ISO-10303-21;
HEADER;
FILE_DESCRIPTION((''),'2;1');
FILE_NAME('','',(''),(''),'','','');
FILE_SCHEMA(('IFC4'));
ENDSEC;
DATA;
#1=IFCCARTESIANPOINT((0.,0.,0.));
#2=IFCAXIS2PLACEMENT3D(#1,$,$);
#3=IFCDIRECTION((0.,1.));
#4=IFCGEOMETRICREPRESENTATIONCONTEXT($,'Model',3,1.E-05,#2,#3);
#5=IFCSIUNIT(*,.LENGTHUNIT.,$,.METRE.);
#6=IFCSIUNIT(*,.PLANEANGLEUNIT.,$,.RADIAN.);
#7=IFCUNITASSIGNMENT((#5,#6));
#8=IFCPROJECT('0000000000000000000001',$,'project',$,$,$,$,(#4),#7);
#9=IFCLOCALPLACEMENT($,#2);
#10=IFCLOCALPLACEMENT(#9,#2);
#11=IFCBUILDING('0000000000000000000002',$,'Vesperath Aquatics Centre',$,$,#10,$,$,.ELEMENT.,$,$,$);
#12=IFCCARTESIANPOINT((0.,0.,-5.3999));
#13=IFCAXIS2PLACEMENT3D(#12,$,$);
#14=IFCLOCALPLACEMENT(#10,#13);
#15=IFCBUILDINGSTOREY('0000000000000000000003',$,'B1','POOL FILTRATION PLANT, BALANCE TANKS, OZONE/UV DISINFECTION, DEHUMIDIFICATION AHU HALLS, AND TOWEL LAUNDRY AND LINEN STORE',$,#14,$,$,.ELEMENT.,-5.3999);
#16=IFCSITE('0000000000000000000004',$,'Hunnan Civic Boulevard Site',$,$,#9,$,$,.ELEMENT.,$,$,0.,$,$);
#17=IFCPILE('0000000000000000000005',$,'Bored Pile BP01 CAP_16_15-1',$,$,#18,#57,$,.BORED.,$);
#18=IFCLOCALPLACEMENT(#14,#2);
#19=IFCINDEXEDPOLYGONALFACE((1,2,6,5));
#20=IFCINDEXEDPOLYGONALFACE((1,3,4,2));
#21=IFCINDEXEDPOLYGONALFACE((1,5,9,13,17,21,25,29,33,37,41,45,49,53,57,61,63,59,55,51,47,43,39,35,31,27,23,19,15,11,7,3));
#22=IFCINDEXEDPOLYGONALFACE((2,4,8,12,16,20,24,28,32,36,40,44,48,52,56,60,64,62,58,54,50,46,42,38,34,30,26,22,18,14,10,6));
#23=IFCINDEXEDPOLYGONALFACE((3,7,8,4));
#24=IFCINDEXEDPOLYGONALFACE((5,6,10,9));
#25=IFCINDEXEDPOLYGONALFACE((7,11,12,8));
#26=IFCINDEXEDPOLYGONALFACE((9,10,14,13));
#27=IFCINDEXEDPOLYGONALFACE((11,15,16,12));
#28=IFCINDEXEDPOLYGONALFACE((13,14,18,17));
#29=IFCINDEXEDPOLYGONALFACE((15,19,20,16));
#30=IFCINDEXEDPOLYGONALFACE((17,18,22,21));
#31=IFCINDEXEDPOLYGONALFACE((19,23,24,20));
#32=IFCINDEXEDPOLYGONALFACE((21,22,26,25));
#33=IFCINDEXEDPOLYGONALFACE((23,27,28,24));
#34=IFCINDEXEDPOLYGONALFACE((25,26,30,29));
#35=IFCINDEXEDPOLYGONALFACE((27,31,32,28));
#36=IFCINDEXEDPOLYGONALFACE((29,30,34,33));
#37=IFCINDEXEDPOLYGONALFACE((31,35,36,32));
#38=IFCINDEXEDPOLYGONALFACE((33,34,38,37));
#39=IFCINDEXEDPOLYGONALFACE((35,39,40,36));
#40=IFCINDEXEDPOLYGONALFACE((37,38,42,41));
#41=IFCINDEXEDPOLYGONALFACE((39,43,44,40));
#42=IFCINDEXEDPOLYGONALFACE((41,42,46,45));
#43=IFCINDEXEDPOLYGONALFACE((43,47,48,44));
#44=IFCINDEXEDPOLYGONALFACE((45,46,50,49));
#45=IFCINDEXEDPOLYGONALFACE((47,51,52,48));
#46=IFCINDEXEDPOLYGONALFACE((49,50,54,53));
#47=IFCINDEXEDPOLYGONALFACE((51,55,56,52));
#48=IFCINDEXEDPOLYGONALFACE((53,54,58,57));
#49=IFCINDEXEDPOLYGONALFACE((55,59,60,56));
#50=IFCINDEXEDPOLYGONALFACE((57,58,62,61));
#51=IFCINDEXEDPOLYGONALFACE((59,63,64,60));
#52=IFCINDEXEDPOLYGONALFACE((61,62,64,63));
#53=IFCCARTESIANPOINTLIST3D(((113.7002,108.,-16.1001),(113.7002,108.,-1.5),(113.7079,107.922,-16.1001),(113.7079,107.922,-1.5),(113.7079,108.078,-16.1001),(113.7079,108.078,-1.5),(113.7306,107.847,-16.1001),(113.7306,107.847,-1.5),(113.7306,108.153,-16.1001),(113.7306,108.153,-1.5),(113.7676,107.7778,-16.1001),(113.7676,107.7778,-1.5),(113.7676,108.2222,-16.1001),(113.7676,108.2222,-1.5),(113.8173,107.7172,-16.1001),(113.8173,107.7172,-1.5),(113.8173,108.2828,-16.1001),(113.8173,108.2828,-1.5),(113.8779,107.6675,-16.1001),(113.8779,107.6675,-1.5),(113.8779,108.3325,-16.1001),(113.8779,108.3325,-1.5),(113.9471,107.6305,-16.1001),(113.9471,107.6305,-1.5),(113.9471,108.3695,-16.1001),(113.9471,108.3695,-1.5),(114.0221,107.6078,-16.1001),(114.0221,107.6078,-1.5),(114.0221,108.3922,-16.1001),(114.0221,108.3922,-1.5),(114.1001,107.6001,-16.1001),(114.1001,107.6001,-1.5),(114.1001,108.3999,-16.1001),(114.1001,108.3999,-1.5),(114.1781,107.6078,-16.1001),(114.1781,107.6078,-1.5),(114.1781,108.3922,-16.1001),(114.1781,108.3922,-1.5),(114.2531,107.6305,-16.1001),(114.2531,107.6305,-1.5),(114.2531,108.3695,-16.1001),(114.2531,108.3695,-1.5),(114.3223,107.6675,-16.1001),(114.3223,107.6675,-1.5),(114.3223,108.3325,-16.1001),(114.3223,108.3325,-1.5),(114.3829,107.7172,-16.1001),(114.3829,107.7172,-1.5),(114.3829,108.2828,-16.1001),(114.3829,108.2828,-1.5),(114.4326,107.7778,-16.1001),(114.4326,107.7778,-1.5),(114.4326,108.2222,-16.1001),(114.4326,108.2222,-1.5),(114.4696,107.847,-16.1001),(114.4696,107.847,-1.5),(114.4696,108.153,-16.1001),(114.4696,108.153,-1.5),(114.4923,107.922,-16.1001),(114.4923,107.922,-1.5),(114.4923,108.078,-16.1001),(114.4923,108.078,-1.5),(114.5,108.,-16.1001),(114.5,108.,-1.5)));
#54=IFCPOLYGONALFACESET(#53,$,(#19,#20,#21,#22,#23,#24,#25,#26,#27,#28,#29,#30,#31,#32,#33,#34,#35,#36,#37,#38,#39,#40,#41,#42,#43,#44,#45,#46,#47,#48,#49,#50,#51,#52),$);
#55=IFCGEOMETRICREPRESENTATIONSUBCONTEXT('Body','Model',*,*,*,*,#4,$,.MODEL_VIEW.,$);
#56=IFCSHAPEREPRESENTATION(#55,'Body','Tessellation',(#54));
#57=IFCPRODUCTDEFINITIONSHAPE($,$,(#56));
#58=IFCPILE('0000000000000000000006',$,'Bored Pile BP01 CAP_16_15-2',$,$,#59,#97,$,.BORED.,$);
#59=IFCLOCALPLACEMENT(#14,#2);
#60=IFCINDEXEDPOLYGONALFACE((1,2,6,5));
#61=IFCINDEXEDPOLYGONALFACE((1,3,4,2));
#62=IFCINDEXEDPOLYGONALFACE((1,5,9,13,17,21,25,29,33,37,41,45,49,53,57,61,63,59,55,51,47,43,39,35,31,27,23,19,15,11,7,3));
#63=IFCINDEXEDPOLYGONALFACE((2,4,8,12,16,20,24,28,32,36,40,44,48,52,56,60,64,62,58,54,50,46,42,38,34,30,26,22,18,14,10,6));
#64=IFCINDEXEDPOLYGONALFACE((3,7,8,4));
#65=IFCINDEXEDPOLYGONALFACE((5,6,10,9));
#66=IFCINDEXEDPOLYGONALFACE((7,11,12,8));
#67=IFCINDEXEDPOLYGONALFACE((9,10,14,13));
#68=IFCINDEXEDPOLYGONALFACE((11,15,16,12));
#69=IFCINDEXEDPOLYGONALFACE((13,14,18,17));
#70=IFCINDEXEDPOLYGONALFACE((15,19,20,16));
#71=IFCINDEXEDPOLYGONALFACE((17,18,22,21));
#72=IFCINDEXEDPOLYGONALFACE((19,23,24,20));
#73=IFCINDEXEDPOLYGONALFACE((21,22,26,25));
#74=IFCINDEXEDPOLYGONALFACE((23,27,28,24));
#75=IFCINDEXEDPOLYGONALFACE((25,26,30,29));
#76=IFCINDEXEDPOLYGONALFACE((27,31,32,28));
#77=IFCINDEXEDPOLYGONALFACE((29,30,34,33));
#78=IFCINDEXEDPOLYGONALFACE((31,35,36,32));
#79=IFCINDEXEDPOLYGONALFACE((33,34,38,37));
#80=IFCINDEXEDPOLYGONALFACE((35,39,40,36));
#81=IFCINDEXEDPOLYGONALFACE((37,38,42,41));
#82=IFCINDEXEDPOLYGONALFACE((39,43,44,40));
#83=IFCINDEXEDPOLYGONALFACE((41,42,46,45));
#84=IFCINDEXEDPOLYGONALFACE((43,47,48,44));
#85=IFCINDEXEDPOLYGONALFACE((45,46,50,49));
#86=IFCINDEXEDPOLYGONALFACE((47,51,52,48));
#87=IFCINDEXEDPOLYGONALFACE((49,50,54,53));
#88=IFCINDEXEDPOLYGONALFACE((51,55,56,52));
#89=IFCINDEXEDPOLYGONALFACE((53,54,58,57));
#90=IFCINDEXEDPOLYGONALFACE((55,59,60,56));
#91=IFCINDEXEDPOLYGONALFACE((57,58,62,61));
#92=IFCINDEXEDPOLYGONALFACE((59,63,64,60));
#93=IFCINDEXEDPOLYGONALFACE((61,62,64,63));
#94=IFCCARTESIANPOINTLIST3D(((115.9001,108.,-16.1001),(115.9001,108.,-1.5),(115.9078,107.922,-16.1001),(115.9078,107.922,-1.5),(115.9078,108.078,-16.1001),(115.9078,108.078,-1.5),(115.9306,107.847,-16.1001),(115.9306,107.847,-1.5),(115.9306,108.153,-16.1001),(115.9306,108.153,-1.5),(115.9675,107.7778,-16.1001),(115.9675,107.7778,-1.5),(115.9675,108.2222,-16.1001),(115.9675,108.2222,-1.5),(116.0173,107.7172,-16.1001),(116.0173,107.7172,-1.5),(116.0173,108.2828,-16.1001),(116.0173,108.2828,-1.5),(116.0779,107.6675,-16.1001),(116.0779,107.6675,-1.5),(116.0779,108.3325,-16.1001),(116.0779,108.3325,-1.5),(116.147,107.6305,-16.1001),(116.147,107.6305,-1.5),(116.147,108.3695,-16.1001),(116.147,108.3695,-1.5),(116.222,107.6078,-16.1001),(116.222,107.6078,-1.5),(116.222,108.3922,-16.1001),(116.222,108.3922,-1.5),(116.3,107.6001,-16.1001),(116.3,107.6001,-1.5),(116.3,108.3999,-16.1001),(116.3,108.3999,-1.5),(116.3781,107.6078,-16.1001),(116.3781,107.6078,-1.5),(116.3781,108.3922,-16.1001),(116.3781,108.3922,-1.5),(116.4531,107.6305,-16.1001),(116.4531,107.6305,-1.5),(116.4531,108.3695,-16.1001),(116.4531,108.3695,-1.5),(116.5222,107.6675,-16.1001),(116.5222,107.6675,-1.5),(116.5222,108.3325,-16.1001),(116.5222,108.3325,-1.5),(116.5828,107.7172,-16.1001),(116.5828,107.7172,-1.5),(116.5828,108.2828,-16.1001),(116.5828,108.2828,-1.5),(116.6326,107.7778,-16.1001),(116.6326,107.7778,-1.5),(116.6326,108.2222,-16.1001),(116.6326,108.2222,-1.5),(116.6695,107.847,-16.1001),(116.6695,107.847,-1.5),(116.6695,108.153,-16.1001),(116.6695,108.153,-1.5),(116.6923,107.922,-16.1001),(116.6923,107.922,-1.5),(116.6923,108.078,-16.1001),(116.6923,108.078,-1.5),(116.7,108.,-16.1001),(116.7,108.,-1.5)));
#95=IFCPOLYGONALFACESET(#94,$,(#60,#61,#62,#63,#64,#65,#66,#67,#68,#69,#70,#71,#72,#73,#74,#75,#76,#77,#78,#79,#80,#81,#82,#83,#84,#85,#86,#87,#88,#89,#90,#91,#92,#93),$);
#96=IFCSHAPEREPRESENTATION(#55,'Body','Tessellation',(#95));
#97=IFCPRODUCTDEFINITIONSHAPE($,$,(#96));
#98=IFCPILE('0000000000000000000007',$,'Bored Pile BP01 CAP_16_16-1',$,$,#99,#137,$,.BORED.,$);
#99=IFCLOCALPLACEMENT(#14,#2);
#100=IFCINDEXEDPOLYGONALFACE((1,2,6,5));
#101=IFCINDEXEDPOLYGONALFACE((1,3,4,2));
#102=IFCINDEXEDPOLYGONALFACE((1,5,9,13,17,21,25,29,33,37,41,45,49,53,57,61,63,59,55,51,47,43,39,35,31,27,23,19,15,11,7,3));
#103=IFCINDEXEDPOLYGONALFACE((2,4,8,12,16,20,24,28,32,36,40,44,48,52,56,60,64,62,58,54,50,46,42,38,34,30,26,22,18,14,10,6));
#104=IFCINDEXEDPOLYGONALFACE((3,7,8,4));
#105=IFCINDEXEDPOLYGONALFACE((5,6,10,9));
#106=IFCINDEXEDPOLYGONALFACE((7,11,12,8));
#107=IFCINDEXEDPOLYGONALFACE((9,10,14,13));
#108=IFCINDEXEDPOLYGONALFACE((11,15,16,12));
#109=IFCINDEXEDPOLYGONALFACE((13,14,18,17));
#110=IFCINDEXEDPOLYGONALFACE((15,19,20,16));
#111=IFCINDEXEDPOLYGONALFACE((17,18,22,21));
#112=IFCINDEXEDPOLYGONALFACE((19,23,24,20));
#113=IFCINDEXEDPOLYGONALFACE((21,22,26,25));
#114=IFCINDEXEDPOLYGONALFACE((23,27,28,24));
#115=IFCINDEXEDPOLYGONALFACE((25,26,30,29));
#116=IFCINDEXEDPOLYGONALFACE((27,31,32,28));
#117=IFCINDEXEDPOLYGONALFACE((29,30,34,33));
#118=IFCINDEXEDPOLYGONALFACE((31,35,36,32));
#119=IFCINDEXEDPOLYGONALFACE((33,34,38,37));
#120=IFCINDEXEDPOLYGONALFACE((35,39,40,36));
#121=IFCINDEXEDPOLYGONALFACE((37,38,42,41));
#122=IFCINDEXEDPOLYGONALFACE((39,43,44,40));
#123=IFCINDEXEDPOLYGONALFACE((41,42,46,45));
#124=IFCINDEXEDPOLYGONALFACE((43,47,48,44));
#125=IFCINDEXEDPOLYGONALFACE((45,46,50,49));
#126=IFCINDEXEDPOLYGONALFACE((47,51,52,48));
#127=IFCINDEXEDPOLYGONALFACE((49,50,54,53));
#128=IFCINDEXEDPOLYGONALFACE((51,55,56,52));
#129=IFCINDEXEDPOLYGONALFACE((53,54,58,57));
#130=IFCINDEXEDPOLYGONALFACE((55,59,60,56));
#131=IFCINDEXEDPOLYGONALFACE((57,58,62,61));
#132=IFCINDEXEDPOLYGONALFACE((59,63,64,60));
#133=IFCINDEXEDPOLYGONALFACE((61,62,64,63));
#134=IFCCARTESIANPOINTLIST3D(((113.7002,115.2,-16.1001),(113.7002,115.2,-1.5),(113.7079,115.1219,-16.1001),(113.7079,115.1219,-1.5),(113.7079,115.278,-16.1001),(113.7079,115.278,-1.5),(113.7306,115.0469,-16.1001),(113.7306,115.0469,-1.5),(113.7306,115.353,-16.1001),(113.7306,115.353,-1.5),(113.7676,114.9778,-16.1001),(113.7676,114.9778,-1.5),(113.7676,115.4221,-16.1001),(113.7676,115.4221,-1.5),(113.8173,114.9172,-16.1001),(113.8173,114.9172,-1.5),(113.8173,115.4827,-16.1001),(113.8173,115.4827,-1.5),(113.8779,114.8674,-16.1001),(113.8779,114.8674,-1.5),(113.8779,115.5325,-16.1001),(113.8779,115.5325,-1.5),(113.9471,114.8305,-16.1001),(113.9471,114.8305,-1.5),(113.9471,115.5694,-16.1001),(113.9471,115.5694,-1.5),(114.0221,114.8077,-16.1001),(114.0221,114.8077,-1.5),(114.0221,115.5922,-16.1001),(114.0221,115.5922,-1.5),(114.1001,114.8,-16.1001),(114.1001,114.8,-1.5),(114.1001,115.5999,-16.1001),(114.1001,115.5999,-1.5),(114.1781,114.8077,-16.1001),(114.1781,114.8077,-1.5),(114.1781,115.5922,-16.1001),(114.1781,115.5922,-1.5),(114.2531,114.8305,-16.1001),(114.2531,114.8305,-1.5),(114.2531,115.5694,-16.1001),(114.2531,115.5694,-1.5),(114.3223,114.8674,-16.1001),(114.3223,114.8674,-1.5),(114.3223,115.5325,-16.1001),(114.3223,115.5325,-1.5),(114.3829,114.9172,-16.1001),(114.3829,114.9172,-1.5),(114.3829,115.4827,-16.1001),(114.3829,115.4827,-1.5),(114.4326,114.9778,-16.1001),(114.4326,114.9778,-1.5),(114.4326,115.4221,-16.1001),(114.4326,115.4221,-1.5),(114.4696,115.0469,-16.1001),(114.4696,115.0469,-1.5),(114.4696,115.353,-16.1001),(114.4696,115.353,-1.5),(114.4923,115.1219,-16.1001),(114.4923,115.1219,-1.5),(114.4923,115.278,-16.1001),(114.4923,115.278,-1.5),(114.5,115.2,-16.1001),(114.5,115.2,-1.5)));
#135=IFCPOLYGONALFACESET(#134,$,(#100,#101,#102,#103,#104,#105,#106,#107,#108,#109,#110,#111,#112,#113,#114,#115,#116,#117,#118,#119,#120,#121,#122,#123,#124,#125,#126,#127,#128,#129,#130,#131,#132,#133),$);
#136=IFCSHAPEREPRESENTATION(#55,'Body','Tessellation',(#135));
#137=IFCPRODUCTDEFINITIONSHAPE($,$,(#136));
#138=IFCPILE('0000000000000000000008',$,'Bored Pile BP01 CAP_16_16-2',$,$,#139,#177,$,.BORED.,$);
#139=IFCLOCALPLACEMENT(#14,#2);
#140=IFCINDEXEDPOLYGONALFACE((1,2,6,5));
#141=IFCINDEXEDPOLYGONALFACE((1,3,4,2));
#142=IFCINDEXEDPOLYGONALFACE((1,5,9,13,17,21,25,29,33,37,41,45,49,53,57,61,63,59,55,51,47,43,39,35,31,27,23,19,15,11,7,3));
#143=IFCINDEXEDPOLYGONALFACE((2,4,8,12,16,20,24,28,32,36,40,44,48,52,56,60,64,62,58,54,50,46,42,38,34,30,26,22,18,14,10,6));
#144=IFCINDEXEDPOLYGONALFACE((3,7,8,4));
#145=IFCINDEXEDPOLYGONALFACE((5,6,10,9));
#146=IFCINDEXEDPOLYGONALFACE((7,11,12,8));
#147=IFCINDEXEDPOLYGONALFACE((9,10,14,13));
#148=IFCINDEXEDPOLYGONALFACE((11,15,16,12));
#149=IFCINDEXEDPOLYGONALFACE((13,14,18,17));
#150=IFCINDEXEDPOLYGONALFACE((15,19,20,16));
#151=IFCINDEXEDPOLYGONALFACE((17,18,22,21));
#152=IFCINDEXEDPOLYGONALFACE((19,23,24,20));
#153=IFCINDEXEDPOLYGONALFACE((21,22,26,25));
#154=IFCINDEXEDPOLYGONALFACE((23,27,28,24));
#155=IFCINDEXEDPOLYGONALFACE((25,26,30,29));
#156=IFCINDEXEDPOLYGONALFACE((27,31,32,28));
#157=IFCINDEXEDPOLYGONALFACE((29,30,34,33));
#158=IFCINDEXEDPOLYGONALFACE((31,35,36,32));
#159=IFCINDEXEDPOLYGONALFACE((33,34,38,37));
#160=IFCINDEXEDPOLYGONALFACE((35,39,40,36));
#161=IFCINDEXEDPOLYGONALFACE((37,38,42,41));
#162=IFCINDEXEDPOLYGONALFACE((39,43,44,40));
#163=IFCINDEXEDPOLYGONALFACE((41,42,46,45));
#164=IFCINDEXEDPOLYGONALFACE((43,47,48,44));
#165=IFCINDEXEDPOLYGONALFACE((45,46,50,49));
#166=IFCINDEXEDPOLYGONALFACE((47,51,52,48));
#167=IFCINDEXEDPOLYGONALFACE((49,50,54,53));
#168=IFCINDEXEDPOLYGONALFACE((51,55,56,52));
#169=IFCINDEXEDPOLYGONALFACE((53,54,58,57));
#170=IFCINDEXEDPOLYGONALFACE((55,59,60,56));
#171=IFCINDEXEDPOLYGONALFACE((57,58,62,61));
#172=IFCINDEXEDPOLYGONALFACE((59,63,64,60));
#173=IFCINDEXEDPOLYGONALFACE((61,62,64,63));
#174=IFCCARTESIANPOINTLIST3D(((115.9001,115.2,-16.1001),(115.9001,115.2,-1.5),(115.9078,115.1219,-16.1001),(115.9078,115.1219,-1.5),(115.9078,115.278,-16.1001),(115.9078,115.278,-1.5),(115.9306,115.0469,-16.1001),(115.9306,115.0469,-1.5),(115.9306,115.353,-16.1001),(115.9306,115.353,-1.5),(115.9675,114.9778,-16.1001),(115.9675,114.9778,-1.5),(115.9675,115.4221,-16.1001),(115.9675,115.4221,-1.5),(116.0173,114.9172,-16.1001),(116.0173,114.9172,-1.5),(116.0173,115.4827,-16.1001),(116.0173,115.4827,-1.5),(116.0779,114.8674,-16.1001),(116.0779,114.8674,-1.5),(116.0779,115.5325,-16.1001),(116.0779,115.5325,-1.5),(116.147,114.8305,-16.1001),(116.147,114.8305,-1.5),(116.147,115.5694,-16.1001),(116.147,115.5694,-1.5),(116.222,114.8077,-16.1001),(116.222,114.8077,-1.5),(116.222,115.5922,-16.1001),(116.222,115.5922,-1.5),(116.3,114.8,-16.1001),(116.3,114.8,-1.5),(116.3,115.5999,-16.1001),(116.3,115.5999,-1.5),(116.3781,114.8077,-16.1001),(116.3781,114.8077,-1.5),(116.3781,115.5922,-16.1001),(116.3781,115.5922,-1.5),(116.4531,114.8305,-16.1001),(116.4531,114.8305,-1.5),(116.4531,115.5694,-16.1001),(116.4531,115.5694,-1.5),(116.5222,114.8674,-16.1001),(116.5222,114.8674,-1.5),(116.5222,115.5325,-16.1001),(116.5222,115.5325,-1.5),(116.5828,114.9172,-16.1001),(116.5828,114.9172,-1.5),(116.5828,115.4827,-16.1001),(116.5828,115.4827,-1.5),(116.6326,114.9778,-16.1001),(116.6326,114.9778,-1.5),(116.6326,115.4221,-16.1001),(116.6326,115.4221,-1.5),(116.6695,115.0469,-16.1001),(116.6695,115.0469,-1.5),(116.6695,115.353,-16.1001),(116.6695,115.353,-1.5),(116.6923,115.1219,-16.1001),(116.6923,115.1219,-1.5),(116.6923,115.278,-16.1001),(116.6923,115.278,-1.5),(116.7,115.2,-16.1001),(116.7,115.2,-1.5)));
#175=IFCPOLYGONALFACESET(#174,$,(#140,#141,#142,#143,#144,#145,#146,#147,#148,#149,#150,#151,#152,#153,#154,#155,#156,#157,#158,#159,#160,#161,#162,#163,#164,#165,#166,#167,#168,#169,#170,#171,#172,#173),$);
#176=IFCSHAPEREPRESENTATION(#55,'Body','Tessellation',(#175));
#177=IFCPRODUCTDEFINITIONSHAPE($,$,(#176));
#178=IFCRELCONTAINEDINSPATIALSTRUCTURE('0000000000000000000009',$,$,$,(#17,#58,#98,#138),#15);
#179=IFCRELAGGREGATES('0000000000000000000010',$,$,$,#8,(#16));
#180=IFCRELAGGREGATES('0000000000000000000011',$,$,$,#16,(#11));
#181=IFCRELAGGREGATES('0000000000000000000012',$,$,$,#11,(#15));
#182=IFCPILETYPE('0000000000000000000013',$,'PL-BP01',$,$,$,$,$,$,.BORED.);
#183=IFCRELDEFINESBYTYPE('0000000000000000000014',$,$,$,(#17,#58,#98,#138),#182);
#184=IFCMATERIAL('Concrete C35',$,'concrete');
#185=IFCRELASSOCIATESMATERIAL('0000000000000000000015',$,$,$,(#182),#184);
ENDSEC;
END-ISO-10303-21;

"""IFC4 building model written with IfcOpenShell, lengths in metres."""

from ifc_helpers import new_model, si_unit, direction, frame, origin, origin_2d, place, context, subcontext, project, spatial, circle, extrude, material, material_profile, profile_set, type_object, element, save


model = new_model("IFC4")

# Units and contexts
model_context = context("Model", 3, precision=1e-05, world=origin(), true_north=direction((0.0, 1.0)))
body_context = subcontext(model_context, "Body", "Model", "MODEL_VIEW")
ifc_project = project(units=[si_unit("LENGTHUNIT", "METRE"), si_unit("PLANEANGLEUNIT", "RADIAN")], contexts=[model_context])

# Site, building, storey
site_placement = place(None, origin())
site = spatial("IfcSite", under=ifc_project, at=site_placement, Name="Hunnan Civic Boulevard Site", CompositionType="ELEMENT", RefElevation=0.0)
building_placement = place(site_placement, origin())
building = spatial("IfcBuilding", under=site, at=building_placement, Name="Vesperath Aquatics Centre", CompositionType="ELEMENT")
storey_placement = place(building_placement, frame((0.0, 0.0, -5.3999)))
storey = spatial("IfcBuildingStorey", under=building, at=storey_placement, Name="B1", Description="POOL FILTRATION PLANT, BALANCE TANKS, OZONE/UV DISINFECTION, DEHUMIDIFICATION AHU HALLS, AND TOWEL LAUNDRY AND LINEN STORE", CompositionType="ELEMENT", Elevation=-5.3999)

# Piles
ifc_material_1 = material(Name="Concrete C35", Category="concrete")
ifc_material_profile_1 = material_profile(ifc_material_1, circle(Radius=0.3999, at=origin_2d()), Name="PILE D800")
ifc_profile_set_1 = profile_set([ifc_material_profile_1], Name="Concrete C35")
pile_type_1 = type_object("IfcPileType", Name="PL-BP01", PredefinedType="BORED", material=ifc_profile_set_1)
for number, where, z_axis, x_axis, name in (
    (1, (114.1001, 108.0, -1.5), (0.0, 0.0, -1.0), (1.0, 0.0, 0.0), "Bored Pile BP01 CAP_16_15-1"),
    (2, (116.3, 108.0, -1.5), (0.0, 0.0, -1.0), (1.0, 0.0, 0.0), "Bored Pile BP01 CAP_16_15-2"),
    (3, (114.1001, 115.2, -1.5), (0.0, 0.0, -1.0), (1.0, 0.0, 0.0), "Bored Pile BP01 CAP_16_16-1"),
    (4, (116.3, 115.2, -1.5), (0.0, 0.0, -1.0), (1.0, 0.0, 0.0), "Bored Pile BP01 CAP_16_16-2"),
):
    element("IfcPile", number, at=place(storey_placement, frame(where, z_axis=z_axis, x_axis=x_axis)), inside=storey, type_object=pile_type_1, Name=name, PredefinedType="BORED", context=body_context, shape_type="SweptSolid", body=[
        extrude(circle(Radius=0.3999, at=origin_2d()), origin(), (0.0, 0.0, 1.0), 14.6001),
    ])

save(model, "model.ifc")
